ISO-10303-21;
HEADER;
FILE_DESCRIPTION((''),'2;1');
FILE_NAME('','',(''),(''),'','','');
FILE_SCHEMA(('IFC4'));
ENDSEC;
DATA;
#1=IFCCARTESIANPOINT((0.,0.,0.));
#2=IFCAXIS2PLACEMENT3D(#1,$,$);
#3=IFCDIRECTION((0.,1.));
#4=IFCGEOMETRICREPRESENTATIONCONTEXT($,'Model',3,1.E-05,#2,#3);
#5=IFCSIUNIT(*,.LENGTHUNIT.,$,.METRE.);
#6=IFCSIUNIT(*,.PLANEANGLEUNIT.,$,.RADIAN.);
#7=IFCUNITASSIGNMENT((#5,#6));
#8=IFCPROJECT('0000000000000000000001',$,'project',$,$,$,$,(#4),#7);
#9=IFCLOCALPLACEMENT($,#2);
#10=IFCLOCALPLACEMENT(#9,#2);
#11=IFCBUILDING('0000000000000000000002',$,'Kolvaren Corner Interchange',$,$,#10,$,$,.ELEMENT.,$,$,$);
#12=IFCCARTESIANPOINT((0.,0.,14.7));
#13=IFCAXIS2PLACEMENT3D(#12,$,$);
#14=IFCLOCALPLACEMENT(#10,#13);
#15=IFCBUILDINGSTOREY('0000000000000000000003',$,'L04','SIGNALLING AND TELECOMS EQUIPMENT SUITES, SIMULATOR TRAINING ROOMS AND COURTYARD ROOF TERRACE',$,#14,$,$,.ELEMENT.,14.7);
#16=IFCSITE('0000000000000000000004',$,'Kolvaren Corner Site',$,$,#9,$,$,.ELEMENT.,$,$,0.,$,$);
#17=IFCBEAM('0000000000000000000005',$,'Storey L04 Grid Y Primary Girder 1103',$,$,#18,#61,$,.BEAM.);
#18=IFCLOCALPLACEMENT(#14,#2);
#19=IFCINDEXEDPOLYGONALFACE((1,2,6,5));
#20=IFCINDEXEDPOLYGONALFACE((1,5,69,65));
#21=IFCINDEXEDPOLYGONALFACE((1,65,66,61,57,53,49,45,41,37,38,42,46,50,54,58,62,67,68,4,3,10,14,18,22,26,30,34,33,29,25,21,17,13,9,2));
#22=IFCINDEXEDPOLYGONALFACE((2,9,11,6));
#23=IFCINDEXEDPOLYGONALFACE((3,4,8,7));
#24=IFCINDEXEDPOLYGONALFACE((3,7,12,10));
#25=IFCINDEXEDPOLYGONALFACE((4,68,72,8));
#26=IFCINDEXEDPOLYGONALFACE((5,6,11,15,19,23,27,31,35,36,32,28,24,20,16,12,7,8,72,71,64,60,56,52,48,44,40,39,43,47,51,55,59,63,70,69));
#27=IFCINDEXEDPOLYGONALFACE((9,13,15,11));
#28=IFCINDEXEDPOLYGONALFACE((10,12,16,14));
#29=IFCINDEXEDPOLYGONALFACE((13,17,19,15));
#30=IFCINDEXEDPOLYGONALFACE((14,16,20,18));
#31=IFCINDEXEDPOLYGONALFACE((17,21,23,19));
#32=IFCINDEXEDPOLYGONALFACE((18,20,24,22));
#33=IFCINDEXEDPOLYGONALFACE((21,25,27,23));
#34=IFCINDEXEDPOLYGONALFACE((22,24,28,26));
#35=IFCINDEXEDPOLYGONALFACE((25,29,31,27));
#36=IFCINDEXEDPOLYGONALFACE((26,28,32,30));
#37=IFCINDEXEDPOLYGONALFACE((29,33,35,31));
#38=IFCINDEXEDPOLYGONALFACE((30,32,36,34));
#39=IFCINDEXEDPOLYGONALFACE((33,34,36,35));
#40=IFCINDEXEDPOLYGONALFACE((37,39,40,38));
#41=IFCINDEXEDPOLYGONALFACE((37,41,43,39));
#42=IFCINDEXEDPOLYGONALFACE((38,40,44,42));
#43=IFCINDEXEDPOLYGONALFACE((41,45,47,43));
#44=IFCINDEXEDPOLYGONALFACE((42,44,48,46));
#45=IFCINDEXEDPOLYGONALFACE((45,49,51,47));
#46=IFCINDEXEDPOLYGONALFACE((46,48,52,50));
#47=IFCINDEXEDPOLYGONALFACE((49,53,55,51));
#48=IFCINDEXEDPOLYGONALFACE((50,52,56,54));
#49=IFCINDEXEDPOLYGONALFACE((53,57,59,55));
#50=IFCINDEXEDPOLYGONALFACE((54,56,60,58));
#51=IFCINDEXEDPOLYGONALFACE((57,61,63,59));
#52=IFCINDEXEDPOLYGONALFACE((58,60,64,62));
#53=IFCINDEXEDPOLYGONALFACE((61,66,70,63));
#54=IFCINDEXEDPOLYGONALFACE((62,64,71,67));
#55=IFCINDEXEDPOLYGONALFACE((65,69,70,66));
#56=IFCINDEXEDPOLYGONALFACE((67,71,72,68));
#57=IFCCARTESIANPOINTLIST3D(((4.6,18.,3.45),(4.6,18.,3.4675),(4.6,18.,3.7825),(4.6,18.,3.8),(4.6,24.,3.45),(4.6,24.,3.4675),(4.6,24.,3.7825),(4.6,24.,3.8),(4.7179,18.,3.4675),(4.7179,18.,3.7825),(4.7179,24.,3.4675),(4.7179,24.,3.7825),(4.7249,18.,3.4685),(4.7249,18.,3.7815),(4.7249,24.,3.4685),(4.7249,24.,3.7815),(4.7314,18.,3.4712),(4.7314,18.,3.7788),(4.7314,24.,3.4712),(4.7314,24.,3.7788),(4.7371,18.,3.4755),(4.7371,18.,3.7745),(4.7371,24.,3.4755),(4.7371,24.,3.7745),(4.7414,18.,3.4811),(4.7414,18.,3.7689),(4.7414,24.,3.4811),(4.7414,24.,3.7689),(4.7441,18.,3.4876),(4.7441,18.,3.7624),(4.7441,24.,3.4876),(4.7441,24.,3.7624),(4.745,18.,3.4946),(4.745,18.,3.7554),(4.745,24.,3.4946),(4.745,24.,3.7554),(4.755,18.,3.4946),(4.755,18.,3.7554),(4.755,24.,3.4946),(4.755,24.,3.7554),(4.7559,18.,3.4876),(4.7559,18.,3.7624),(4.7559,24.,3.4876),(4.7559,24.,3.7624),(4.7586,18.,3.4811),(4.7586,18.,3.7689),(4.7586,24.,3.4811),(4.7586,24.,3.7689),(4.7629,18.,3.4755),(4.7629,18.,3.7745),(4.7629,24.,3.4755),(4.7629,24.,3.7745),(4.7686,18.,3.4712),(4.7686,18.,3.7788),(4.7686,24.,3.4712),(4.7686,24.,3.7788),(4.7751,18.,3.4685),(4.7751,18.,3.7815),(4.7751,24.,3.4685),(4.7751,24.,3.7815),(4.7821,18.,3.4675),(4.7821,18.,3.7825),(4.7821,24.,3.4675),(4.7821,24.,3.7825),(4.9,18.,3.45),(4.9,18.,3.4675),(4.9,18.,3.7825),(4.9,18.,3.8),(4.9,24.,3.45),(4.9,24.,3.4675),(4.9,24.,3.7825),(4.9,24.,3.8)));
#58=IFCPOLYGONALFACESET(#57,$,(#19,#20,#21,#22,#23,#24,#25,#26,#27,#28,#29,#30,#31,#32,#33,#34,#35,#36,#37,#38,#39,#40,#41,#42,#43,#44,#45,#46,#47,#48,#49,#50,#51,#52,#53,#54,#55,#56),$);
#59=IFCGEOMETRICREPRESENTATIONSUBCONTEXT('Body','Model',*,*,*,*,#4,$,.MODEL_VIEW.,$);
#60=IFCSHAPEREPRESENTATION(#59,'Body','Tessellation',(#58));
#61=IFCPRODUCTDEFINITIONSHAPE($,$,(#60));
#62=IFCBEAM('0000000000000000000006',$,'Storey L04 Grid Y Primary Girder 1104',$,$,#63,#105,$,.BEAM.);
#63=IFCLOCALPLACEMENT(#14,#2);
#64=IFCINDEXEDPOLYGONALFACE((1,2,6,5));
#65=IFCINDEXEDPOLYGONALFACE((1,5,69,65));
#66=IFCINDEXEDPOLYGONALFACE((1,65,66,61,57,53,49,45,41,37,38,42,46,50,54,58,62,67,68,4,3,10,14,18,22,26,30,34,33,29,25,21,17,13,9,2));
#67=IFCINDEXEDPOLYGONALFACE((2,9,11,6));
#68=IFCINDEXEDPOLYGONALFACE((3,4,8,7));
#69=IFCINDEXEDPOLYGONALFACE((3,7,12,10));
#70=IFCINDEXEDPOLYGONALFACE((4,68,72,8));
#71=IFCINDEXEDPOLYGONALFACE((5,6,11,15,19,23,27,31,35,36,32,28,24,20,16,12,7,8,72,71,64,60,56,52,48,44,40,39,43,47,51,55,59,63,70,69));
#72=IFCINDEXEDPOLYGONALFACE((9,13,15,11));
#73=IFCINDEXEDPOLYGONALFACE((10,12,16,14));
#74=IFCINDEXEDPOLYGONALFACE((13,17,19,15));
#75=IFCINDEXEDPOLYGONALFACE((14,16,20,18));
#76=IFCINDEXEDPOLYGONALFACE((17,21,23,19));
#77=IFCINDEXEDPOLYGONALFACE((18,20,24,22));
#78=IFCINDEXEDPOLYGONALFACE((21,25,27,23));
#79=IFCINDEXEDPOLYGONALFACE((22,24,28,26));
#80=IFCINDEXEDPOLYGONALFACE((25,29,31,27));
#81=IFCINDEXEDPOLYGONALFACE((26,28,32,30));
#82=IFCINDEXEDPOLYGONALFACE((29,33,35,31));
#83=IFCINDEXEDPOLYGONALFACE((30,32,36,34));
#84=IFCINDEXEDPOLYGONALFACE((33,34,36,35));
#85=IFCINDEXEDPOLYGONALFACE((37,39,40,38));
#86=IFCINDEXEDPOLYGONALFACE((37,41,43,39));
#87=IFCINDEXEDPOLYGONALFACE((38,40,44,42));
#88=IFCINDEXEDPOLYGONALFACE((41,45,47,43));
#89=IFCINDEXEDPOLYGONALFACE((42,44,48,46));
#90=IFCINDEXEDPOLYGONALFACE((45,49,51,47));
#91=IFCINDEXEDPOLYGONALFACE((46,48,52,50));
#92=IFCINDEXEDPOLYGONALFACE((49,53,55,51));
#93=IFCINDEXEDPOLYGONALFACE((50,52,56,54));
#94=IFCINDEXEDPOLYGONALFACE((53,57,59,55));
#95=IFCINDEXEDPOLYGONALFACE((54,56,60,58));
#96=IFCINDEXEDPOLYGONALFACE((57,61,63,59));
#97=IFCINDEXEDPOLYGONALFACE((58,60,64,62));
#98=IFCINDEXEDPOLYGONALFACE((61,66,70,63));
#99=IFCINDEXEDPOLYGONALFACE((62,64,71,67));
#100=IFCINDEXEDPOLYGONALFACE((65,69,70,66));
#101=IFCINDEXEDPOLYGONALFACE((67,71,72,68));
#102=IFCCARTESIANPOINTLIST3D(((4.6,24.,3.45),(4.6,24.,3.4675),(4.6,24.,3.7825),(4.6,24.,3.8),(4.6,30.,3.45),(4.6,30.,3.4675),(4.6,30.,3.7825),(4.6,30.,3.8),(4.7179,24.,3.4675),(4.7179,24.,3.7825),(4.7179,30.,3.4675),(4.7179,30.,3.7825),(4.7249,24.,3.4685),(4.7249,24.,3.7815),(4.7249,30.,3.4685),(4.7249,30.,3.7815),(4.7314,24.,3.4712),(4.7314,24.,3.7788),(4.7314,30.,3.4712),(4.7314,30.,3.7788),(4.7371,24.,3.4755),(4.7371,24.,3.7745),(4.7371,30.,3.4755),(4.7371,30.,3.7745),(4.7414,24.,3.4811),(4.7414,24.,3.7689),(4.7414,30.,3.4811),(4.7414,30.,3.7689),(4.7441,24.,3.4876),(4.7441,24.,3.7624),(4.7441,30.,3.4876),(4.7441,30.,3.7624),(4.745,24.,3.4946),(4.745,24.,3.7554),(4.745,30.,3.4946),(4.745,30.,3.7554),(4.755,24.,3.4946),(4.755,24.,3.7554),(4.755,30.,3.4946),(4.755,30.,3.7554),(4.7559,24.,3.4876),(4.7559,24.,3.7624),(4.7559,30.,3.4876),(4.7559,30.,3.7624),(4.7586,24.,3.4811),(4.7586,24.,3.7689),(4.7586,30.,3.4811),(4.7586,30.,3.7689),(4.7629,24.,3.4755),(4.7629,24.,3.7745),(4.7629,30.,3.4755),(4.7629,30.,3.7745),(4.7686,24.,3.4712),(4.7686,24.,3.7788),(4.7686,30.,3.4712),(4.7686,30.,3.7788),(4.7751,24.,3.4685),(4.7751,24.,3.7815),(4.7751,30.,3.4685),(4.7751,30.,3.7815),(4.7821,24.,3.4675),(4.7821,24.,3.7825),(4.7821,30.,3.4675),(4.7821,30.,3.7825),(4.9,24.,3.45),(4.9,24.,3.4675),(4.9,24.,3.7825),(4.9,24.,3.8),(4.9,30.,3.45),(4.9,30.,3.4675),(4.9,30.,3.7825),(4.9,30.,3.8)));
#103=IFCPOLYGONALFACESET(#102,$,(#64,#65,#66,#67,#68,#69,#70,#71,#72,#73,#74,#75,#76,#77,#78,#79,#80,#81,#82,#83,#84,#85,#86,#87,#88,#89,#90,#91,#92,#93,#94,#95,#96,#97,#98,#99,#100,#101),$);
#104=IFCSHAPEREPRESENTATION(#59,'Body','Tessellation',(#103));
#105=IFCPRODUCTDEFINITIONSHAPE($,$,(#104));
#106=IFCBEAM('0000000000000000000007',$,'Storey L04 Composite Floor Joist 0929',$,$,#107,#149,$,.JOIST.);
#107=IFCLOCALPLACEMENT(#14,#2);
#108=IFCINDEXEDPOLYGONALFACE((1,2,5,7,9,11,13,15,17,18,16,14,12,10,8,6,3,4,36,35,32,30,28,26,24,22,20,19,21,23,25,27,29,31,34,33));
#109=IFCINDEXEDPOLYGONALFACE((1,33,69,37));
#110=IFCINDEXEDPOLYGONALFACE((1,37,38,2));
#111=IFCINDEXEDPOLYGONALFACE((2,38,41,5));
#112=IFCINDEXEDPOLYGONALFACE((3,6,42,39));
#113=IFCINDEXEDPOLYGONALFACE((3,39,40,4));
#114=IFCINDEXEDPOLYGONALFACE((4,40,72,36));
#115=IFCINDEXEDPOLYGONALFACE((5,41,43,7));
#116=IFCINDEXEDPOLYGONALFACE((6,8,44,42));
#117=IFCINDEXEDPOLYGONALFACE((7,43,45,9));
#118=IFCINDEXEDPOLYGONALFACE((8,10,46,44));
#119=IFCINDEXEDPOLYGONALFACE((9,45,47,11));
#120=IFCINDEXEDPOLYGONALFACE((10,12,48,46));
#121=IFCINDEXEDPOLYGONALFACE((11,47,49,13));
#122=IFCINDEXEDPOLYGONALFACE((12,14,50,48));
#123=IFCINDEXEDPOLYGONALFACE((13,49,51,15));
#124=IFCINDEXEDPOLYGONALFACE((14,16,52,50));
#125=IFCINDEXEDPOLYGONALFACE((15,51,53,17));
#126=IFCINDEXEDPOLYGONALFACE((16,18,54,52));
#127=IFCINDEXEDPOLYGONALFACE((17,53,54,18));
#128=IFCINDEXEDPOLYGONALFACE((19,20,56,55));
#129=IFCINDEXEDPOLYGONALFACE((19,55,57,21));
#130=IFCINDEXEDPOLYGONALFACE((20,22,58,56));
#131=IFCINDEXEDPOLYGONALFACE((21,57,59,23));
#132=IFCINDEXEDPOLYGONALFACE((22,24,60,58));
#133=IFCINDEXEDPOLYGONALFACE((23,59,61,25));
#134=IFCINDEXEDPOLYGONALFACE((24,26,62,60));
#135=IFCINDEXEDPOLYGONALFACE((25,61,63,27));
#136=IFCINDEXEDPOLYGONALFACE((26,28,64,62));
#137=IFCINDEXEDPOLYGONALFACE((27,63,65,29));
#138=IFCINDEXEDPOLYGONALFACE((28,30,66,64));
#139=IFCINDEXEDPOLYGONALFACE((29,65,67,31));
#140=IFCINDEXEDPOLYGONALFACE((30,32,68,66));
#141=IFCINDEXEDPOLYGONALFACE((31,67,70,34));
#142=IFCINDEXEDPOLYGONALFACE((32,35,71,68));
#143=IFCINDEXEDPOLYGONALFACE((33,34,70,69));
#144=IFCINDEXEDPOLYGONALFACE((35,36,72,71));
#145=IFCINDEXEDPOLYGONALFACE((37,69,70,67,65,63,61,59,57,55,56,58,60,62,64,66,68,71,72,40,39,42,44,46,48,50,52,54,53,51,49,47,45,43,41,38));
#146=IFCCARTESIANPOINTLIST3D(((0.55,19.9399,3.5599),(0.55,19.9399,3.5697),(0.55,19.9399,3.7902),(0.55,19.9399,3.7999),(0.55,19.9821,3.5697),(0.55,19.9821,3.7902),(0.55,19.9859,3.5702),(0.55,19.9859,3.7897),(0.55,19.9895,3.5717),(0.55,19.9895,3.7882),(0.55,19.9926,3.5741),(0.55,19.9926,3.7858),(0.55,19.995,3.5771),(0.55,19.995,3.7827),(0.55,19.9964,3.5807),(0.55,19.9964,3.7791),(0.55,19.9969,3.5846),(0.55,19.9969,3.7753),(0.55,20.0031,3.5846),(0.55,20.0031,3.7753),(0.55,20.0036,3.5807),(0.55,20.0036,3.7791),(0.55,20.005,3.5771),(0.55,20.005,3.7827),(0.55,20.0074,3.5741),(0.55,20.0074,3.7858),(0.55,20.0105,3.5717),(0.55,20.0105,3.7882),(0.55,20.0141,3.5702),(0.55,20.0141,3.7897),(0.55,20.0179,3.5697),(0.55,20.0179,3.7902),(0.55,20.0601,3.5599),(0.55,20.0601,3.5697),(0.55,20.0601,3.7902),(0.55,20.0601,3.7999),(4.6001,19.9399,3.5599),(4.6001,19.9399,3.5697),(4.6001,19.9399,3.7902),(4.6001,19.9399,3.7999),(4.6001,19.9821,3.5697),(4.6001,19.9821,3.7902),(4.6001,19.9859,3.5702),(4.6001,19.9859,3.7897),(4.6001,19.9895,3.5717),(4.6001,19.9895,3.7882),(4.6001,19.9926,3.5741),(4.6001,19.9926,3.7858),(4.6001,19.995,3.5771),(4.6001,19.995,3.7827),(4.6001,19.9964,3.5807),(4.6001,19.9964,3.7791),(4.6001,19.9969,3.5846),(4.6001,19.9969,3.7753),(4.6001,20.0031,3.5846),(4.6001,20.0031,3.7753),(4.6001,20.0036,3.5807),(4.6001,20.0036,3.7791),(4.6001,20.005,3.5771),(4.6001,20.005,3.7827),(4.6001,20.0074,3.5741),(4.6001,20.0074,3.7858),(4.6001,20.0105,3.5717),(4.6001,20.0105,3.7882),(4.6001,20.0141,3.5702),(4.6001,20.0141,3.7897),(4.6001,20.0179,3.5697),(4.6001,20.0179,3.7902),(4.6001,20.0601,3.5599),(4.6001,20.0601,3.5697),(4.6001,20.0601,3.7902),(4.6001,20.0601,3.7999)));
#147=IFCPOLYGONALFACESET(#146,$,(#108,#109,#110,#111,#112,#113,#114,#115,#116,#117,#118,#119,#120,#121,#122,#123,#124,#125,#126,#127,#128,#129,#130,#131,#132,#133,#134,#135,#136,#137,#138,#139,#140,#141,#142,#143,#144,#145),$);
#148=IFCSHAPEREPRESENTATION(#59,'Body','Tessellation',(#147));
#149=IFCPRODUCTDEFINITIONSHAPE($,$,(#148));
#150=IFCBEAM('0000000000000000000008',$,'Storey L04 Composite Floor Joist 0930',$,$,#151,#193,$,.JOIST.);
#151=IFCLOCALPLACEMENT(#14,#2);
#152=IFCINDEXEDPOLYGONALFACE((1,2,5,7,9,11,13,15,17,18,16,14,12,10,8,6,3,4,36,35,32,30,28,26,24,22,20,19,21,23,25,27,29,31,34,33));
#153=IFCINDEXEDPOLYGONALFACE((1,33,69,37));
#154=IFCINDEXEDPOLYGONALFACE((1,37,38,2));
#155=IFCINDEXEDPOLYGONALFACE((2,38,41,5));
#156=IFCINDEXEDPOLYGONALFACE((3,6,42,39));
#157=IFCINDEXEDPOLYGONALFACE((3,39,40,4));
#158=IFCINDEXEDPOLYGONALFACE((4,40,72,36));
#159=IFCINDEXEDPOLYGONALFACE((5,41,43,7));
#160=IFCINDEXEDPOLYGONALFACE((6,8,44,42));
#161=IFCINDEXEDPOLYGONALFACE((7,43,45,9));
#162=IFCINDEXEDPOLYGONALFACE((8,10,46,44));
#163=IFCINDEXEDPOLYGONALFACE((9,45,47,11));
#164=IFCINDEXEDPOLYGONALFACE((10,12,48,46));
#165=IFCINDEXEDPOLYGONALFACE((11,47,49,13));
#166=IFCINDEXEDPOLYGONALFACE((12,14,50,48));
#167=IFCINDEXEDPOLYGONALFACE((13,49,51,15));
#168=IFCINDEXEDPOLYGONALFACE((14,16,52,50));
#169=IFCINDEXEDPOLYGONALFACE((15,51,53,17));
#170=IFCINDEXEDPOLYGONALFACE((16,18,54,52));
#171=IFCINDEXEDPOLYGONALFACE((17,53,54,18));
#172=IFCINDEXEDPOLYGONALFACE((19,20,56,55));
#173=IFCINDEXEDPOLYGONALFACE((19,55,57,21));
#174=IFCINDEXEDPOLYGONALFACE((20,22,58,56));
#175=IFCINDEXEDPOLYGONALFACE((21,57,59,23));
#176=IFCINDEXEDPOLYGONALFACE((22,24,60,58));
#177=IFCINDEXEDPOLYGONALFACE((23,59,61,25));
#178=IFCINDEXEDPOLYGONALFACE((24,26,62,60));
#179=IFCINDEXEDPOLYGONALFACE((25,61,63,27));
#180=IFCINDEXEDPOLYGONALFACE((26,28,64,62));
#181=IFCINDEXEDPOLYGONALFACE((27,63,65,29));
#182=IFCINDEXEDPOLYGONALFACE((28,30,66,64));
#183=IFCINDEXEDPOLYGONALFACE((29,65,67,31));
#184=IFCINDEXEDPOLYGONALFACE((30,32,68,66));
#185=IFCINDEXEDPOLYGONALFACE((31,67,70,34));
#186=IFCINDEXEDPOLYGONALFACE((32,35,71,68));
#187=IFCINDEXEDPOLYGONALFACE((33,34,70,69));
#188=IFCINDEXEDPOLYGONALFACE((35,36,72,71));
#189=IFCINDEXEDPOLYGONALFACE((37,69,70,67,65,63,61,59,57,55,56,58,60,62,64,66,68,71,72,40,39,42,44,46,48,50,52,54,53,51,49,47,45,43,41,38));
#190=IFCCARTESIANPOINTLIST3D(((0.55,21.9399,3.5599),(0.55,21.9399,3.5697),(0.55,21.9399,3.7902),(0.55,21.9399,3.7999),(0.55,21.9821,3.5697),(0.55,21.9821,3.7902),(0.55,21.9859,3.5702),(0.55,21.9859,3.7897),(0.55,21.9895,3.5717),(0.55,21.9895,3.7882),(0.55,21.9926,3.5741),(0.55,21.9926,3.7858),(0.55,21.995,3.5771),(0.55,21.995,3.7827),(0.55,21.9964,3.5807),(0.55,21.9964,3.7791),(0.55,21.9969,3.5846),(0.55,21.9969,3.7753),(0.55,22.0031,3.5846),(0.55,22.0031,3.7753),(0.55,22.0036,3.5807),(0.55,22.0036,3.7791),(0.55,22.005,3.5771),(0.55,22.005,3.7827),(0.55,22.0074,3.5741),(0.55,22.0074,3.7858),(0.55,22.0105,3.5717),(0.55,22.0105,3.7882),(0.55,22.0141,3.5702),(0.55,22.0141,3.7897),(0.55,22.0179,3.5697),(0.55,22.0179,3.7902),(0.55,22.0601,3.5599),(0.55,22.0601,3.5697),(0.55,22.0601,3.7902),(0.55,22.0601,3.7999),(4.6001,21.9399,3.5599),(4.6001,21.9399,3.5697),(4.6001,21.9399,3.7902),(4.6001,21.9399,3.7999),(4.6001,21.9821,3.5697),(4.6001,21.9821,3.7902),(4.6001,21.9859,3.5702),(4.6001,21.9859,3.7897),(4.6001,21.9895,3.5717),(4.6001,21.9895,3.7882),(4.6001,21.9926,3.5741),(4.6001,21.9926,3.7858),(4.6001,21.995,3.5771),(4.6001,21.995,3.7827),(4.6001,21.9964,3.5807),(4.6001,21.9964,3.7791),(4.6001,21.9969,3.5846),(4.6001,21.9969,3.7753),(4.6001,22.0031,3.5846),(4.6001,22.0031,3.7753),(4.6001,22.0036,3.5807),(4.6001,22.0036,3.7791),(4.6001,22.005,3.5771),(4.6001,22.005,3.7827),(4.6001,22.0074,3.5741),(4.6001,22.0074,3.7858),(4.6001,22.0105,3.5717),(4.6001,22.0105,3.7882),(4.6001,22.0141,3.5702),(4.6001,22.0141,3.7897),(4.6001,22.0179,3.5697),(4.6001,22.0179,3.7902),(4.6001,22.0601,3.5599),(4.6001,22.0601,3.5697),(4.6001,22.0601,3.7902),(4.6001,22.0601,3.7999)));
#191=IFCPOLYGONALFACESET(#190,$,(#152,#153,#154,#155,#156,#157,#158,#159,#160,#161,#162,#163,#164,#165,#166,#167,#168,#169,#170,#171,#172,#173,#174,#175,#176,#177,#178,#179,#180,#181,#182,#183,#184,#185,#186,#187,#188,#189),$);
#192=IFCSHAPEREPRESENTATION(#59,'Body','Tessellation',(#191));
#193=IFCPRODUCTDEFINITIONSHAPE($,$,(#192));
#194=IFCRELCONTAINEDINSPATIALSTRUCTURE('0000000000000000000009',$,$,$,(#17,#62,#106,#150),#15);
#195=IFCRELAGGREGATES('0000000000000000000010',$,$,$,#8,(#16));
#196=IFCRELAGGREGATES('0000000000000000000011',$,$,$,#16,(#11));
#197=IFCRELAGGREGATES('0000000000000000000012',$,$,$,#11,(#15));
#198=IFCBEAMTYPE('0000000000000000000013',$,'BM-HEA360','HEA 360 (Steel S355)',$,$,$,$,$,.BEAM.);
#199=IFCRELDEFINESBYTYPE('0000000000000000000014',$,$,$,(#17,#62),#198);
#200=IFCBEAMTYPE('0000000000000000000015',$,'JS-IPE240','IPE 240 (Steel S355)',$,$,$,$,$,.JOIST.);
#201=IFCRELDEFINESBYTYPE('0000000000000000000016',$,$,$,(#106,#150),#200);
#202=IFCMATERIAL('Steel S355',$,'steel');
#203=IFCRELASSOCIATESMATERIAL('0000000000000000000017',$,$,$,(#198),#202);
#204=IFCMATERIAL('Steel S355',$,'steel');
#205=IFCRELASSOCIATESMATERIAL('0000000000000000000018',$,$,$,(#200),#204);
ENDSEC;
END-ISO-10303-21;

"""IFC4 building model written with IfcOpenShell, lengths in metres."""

from ifc_helpers import new_model, si_unit, direction, frame, origin, origin_2d, place, context, subcontext, project, spatial, i_section, extrude, material, material_profile, profile_set, type_object, element, save


model = new_model("IFC4")

# Units and contexts
model_context = context("Model", 3, precision=1e-05, world=origin(), true_north=direction((0.0, 1.0)))
body_context = subcontext(model_context, "Body", "Model", "MODEL_VIEW")
ifc_project = project(units=[si_unit("LENGTHUNIT", "METRE"), si_unit("PLANEANGLEUNIT", "RADIAN")], contexts=[model_context])

# Site, building, storey
site_placement = place(None, origin())
site = spatial("IfcSite", under=ifc_project, at=site_placement, Name="Kolvaren Corner Site", CompositionType="ELEMENT", RefElevation=0.0)
building_placement = place(site_placement, origin())
building = spatial("IfcBuilding", under=site, at=building_placement, Name="Kolvaren Corner Interchange", CompositionType="ELEMENT")
storey_placement = place(building_placement, frame((0.0, 0.0, 14.7)))
storey = spatial("IfcBuildingStorey", under=building, at=storey_placement, Name="L04", Description="SIGNALLING AND TELECOMS EQUIPMENT SUITES, SIMULATOR TRAINING ROOMS AND COURTYARD ROOF TERRACE", CompositionType="ELEMENT", Elevation=14.7)

# Beams
ifc_material_1 = material(Name="Steel S355", Category="steel")
ifc_material_profile_1 = material_profile(ifc_material_1, i_section(OverallWidth=0.3, OverallDepth=0.3501, WebThickness=0.01, FlangeThickness=0.0176, FilletRadius=0.0271, at=origin_2d()), Name="HEA 360")
ifc_profile_set_1 = profile_set([ifc_material_profile_1], Name="Steel S355")
beam_type_1 = type_object("IfcBeamType", Name="BM-HEA360", Description="HEA 360 (Steel S355)", PredefinedType="BEAM", material=ifc_profile_set_1)
for number, where, z_axis, x_axis, name in (
    (1, (4.75, 18.0, 3.625), (0.0, 1.0, 0.0), (-1.0, 0.0, 0.0), "Storey L04 Grid Y Primary Girder 1103"),
    (2, (4.75, 24.0, 3.625), (0.0, 1.0, 0.0), (-1.0, 0.0, 0.0), "Storey L04 Grid Y Primary Girder 1104"),
):
    element("IfcBeam", number, at=place(storey_placement, frame(where, z_axis=z_axis, x_axis=x_axis)), inside=storey, type_object=beam_type_1, Name=name, PredefinedType="BEAM", context=body_context, shape_type="SweptSolid", body=[
        extrude(i_section(OverallWidth=0.3, OverallDepth=0.3501, WebThickness=0.01, FlangeThickness=0.0176, FilletRadius=0.0271, at=origin_2d()), origin(), (0.0, 0.0, 1.0), 6.0),
    ])
ifc_material_2 = material(Name="Steel S355", Category="steel")
ifc_material_profile_2 = material_profile(ifc_material_2, i_section(OverallWidth=0.1201, OverallDepth=0.24, WebThickness=0.0061, FlangeThickness=0.0098, FilletRadius=0.0149, at=origin_2d()), Name="IPE 240")
ifc_profile_set_2 = profile_set([ifc_material_profile_2], Name="Steel S355")
beam_type_2 = type_object("IfcBeamType", Name="JS-IPE240", Description="IPE 240 (Steel S355)", PredefinedType="JOIST", material=ifc_profile_set_2)
for number, where, z_axis, x_axis, name in (
    (3, (0.55, 20.0, 3.6799), (1.0, 0.0, 0.0), (0.0, 1.0, 0.0), "Storey L04 Composite Floor Joist 0929"),
    (4, (0.55, 22.0, 3.6799), (1.0, 0.0, 0.0), (0.0, 1.0, 0.0), "Storey L04 Composite Floor Joist 0930"),
):
    element("IfcBeam", number, at=place(storey_placement, frame(where, z_axis=z_axis, x_axis=x_axis)), inside=storey, type_object=beam_type_2, Name=name, PredefinedType="JOIST", context=body_context, shape_type="SweptSolid", body=[
        extrude(i_section(OverallWidth=0.1201, OverallDepth=0.24, WebThickness=0.0061, FlangeThickness=0.0098, FilletRadius=0.0149, at=origin_2d()), origin(), (0.0, 0.0, 1.0), 4.05),
    ])

save(model, "model.ifc")
